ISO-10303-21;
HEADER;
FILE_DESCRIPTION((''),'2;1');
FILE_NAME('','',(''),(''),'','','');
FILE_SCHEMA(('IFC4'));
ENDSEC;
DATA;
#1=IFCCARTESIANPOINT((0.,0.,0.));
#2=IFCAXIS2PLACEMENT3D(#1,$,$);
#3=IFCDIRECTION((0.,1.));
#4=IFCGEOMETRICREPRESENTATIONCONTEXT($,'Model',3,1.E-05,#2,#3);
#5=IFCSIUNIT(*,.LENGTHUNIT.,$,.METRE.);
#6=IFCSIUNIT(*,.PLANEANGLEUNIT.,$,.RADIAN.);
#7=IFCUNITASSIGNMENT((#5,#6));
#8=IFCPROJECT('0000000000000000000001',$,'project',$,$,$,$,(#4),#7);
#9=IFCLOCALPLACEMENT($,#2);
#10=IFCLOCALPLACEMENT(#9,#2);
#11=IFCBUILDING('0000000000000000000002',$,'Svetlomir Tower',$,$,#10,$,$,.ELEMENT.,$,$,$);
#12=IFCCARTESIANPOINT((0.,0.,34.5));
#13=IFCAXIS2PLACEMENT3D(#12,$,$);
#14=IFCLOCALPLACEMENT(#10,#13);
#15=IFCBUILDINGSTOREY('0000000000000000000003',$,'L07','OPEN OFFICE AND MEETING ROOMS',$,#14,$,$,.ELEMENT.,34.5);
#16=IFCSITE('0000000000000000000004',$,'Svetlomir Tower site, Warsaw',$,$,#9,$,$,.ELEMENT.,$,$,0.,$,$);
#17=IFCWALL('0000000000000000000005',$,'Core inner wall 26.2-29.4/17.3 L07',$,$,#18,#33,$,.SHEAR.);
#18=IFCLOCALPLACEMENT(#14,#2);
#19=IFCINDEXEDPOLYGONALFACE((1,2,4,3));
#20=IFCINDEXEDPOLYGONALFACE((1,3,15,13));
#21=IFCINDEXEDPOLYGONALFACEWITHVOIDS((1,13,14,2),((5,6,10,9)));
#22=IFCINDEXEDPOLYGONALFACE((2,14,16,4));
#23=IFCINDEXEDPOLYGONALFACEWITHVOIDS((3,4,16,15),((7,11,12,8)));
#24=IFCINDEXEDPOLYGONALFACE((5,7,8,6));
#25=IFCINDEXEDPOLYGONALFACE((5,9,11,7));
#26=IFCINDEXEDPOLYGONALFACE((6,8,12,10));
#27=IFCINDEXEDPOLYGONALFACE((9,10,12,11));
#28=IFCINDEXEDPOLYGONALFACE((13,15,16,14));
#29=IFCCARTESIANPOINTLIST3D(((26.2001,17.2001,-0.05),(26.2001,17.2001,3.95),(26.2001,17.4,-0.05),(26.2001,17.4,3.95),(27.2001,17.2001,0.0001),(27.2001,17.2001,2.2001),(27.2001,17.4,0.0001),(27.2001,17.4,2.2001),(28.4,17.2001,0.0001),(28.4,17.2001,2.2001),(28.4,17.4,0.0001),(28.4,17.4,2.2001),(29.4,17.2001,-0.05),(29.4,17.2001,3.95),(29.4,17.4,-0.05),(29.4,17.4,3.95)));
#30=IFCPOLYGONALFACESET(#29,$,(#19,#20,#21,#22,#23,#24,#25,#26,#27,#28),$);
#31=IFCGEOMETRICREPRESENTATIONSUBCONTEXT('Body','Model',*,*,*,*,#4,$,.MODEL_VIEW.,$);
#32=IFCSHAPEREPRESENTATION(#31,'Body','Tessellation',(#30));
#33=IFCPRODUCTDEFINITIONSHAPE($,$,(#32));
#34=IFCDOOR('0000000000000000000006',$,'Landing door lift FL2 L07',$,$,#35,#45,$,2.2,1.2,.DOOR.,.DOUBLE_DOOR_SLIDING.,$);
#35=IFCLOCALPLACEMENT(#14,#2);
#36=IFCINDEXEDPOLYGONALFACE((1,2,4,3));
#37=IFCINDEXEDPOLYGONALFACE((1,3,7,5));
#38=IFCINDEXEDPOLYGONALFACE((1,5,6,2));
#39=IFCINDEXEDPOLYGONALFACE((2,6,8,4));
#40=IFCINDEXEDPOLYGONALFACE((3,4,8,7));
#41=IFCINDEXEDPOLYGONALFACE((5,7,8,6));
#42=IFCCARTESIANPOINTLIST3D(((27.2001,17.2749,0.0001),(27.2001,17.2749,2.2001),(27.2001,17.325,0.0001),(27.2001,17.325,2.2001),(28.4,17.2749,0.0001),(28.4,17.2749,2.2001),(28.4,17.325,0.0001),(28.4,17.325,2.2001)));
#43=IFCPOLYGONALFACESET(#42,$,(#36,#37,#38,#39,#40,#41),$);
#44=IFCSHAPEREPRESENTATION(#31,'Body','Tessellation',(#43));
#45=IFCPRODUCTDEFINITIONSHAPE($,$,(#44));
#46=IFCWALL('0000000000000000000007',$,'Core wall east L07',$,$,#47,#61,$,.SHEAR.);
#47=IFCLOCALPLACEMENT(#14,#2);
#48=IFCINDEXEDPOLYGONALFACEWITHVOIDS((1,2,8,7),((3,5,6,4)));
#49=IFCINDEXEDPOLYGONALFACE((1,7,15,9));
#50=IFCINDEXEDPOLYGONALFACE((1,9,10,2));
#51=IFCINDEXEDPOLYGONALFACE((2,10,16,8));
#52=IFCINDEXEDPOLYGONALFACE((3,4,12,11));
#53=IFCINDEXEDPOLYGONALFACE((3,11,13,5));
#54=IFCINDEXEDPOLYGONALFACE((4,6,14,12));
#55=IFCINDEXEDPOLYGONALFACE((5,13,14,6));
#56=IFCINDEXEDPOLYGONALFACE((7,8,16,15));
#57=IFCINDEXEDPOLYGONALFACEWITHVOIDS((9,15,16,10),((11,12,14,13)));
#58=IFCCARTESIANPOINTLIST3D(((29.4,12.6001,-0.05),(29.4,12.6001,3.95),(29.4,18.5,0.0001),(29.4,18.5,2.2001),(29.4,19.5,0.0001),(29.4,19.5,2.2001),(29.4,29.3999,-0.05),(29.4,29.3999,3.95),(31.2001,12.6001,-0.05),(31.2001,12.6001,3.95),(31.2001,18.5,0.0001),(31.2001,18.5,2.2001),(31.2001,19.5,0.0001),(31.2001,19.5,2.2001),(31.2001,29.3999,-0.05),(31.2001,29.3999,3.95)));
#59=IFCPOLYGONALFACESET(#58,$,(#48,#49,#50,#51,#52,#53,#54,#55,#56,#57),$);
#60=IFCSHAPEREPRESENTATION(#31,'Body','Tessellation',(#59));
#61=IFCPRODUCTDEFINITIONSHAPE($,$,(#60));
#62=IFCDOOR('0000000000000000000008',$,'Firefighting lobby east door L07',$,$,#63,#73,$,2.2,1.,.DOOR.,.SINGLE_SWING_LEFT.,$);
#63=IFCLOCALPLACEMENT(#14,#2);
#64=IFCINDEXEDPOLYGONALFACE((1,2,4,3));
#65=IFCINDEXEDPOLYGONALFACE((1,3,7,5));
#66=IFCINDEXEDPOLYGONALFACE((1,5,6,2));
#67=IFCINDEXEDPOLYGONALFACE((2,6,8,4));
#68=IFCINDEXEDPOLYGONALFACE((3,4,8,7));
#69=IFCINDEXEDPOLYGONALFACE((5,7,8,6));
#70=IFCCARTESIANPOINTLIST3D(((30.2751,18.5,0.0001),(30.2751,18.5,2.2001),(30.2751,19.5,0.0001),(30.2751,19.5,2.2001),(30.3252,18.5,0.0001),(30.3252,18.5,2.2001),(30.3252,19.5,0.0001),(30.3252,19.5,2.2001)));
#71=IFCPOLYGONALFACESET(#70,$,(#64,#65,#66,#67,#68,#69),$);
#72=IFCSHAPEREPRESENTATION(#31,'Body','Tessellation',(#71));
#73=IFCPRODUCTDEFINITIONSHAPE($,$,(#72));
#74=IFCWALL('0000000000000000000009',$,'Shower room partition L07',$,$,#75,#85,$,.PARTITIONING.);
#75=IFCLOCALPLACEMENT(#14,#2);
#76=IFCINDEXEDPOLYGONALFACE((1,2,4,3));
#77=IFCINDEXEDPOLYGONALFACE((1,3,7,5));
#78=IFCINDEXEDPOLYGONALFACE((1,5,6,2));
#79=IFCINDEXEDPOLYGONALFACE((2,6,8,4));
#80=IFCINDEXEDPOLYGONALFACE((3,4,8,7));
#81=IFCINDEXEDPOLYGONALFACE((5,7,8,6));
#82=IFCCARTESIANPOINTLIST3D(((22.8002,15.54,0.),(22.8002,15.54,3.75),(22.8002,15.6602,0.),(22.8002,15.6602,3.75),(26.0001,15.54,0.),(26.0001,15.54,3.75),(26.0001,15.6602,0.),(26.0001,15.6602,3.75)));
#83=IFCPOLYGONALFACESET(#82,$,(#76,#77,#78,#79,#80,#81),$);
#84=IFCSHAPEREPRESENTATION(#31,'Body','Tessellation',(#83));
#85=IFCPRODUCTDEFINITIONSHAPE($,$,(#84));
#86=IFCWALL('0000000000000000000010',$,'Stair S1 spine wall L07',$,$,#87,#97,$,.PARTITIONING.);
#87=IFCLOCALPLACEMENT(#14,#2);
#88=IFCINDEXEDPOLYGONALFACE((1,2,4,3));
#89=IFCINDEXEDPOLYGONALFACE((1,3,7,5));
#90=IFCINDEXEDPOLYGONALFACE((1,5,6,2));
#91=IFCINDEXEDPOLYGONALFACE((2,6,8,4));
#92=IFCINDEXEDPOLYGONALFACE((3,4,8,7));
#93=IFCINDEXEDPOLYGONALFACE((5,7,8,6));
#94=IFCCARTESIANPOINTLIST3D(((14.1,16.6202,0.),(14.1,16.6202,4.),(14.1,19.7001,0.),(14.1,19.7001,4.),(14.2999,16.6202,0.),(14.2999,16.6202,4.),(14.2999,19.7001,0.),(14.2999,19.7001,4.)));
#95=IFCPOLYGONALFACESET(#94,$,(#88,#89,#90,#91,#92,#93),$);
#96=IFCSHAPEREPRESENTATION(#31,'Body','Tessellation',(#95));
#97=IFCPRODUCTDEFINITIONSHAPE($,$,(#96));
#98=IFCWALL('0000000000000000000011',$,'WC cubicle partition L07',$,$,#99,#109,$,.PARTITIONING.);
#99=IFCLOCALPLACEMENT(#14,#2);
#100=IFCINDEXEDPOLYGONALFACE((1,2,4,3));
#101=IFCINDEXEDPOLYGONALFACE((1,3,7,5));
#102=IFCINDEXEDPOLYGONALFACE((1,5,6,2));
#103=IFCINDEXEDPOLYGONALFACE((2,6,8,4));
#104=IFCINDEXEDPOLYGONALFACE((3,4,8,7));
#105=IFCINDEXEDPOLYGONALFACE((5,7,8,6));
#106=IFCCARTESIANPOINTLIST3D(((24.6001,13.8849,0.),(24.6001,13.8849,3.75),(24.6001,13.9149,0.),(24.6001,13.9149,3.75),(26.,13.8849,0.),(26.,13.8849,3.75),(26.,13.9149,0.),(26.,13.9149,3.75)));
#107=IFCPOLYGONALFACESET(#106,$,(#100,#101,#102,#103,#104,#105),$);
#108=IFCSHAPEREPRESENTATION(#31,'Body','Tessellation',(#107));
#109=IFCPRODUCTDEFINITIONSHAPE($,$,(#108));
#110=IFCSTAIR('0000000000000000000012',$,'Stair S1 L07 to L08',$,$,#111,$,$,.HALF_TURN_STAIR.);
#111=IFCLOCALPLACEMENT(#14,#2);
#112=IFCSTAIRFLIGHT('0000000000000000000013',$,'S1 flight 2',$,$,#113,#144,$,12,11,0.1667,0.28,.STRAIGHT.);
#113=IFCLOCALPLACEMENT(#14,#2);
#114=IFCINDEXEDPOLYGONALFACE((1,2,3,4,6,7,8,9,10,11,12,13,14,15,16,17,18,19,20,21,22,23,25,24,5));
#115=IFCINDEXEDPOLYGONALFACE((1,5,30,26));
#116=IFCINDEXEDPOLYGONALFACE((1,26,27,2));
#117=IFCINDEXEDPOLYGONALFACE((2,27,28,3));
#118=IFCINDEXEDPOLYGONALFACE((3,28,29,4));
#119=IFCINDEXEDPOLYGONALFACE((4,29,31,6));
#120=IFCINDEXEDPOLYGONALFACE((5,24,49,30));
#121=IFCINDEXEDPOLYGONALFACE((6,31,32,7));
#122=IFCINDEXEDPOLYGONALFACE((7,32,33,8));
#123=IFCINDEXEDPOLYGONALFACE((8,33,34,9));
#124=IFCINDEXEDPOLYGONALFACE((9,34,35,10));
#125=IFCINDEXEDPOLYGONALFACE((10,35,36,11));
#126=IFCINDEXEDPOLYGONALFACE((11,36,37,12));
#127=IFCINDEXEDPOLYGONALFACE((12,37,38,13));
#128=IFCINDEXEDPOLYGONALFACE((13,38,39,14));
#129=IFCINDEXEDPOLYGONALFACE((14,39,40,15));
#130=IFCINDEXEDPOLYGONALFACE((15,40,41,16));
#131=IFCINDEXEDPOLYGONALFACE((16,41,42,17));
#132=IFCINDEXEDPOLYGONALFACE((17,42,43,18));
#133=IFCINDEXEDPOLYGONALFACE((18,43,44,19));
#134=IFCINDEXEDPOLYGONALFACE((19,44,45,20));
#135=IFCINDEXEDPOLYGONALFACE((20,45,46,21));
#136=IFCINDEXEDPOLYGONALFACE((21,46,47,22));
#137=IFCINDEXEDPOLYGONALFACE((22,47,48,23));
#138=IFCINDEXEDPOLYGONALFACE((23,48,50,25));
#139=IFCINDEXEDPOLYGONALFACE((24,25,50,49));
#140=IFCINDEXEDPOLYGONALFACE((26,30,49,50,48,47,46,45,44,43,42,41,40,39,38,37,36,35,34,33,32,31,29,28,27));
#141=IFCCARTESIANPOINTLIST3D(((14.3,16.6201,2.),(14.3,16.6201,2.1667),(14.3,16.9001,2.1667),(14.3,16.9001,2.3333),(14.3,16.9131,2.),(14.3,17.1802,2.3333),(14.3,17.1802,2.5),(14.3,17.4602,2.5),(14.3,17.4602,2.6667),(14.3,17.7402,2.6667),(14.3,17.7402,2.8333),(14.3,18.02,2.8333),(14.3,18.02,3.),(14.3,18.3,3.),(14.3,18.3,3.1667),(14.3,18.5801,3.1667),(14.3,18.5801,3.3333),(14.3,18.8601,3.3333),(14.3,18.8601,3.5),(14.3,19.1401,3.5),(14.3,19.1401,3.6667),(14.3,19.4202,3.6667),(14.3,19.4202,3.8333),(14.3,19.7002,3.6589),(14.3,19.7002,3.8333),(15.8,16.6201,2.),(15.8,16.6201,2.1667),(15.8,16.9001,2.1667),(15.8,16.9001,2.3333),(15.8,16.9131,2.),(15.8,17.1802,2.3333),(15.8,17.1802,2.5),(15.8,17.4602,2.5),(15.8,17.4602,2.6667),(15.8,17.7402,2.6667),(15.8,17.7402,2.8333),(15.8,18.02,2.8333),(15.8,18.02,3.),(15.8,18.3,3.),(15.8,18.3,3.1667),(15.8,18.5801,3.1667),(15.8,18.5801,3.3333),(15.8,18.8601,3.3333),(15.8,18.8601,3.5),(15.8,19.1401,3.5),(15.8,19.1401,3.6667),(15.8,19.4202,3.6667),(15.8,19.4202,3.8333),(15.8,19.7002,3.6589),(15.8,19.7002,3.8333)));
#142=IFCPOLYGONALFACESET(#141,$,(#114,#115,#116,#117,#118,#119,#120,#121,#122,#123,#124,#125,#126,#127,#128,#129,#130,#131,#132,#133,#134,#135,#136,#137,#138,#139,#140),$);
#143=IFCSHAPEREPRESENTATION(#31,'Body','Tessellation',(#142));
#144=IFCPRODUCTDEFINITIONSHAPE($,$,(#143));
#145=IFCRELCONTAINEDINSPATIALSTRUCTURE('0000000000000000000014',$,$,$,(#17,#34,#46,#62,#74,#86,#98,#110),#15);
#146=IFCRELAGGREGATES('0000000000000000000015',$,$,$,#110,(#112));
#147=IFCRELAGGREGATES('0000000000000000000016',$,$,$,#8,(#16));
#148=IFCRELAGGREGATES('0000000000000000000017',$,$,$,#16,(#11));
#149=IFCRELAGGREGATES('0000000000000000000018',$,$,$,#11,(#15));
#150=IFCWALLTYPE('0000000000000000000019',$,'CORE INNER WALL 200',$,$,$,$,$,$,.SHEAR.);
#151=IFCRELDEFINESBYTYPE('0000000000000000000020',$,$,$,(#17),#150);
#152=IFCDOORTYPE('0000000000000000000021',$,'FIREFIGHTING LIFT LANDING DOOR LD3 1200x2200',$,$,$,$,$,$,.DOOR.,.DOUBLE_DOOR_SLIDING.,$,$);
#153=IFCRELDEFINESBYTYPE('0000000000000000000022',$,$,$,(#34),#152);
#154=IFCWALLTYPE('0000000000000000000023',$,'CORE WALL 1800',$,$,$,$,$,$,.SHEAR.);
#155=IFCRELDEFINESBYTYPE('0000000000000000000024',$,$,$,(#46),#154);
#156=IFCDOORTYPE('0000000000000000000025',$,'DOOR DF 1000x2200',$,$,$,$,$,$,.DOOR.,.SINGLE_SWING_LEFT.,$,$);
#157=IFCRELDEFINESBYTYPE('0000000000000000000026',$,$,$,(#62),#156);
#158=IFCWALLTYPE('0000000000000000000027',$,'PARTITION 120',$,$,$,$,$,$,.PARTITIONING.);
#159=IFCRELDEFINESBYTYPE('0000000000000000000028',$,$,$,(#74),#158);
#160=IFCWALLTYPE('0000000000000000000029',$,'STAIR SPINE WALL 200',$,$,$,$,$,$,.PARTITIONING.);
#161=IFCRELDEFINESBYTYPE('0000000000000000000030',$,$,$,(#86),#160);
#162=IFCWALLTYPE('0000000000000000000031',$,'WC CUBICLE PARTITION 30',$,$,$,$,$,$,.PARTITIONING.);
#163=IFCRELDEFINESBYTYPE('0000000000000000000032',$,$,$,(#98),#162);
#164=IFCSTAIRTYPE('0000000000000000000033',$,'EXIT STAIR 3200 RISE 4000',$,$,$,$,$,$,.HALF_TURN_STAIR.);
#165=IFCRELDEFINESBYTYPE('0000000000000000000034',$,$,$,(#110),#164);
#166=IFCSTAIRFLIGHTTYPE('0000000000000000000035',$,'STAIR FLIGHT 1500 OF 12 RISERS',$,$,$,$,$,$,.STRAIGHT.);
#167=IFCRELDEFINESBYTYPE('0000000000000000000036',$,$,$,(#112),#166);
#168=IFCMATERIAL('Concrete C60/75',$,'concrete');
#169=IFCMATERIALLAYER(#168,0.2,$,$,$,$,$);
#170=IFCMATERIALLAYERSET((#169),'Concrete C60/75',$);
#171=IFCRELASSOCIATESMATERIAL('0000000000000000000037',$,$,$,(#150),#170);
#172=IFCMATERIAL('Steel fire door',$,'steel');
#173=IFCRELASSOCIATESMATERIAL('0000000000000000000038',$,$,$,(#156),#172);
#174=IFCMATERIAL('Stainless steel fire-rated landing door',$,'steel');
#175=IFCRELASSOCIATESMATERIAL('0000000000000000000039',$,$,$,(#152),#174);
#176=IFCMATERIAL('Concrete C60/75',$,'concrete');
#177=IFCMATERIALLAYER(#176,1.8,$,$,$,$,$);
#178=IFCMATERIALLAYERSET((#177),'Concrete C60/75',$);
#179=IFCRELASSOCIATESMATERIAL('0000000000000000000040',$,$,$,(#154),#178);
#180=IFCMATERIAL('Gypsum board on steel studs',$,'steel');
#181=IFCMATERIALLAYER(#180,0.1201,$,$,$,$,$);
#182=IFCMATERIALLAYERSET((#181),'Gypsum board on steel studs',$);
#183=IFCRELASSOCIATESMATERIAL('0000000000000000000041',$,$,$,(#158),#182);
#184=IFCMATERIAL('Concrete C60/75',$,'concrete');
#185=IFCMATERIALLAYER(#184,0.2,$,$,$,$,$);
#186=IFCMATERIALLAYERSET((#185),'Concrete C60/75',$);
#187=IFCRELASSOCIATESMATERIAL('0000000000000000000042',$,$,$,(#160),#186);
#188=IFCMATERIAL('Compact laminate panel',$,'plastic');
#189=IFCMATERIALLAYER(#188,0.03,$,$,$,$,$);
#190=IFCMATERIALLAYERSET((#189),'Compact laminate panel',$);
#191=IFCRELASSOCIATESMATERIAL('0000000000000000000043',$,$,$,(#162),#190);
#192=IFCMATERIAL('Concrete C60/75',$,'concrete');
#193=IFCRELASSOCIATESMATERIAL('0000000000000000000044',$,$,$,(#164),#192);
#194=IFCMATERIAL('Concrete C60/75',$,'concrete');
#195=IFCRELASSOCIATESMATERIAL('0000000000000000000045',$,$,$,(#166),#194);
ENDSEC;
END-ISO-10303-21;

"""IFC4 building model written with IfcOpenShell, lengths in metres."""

from ifc_helpers import new_model, si_unit, direction, frame, frame_2d, origin, place, context, subcontext, project, spatial, polyline, rectangle, outline, extrude, material, layer, layer_set, type_object, element, fill, aggregate, save


model = new_model("IFC4")

# Units and contexts
model_context = context("Model", 3, precision=1e-05, world=origin(), true_north=direction((0.0, 1.0)))
body_context = subcontext(model_context, "Body", "Model", "MODEL_VIEW")
ifc_project = project(units=[si_unit("LENGTHUNIT", "METRE"), si_unit("PLANEANGLEUNIT", "RADIAN")], contexts=[model_context])

# Site, building, storey
site_placement = place(None, origin())
site = spatial("IfcSite", under=ifc_project, at=site_placement, Name="Svetlomir Tower site, Warsaw", CompositionType="ELEMENT", RefElevation=0.0)
building_placement = place(site_placement, origin())
building = spatial("IfcBuilding", under=site, at=building_placement, Name="Svetlomir Tower", CompositionType="ELEMENT")
storey_placement = place(building_placement, frame((0.0, 0.0, 34.5)))
storey = spatial("IfcBuildingStorey", under=building, at=storey_placement, Name="L07", Description="OPEN OFFICE AND MEETING ROOMS", CompositionType="ELEMENT", Elevation=34.5)

# Shared definitions
ifc_material_1 = material(Name="Concrete C60/75", Category="concrete")
ifc_layer_1 = layer(ifc_material_1, 0.2)
ifc_layer_set_1 = layer_set([ifc_layer_1], Name="Concrete C60/75")
wall_type_1 = type_object("IfcWallType", Name="CORE INNER WALL 200", PredefinedType="SHEAR", material=ifc_layer_set_1)

# Shared definitions
ifc_material_2 = material(Name="Steel fire door", Category="steel")
door_type_1 = type_object("IfcDoorType", Name="DOOR DF 1000x2200", OperationType="SINGLE_SWING_LEFT", PredefinedType="DOOR", material=ifc_material_2)

# Walls, openings, doors
wall_1_placement = place(storey_placement, frame((26.2, 17.3, -0.05), z_axis=(0.0, 0.0, 1.0), x_axis=(1.0, 0.0, 0.0)))
wall_1 = element("IfcWall", 1, at=wall_1_placement, inside=storey, type_object=wall_type_1, Name="Core inner wall 26.2-29.4/17.3 L07", PredefinedType="SHEAR", context=body_context, shape_type="SweptSolid", body=[
    extrude(rectangle(XDim=3.2, YDim=0.2, at=frame_2d((1.6001, 0.0))), origin(), (0.0, 0.0, 1.0), 4.0),
])
opening_1_placement = place(wall_1_placement, frame((1.0, 0.0, 0.05)))
opening_1 = element("IfcOpeningElement", 2, at=opening_1_placement, cuts=wall_1, PredefinedType="OPENING", context=body_context, shape_type="SweptSolid", body=[
    extrude(rectangle(XDim=1.2, YDim=2.2, at=frame_2d((0.6001, 1.1001))), frame((0.0, 0.1099, 0.0), z_axis=(0.0, -1.0, 0.0), x_axis=(1.0, 0.0, 0.0)), (0.0, 0.0, 1.0), 0.22),
])
ifc_material_3 = material(Name="Stainless steel fire-rated landing door", Category="steel")
door_type_2 = type_object("IfcDoorType", Name="FIREFIGHTING LIFT LANDING DOOR LD3 1200x2200", OperationType="DOUBLE_DOOR_SLIDING", PredefinedType="DOOR", material=ifc_material_3)
door_1_placement = place(opening_1_placement, origin())
door_1 = element("IfcDoor", 3, at=door_1_placement, inside=storey, type_object=door_type_2, Name="Landing door lift FL2 L07", OperationType="DOUBLE_DOOR_SLIDING", OverallHeight=2.2, OverallWidth=1.2, PredefinedType="DOOR", context=body_context, shape_type="SweptSolid", body=[
    extrude(rectangle(XDim=1.2, YDim=2.2, at=frame_2d((0.6001, 1.1001))), frame((0.0, 0.0249, 0.0), z_axis=(0.0, -1.0, 0.0), x_axis=(1.0, 0.0, 0.0)), (0.0, 0.0, 1.0), 0.05),
])
fill(opening_1, door_1)
ifc_material_4 = material(Name="Concrete C60/75", Category="concrete")
ifc_layer_2 = layer(ifc_material_4, 1.8)
ifc_layer_set_2 = layer_set([ifc_layer_2], Name="Concrete C60/75")
wall_type_2 = type_object("IfcWallType", Name="CORE WALL 1800", PredefinedType="SHEAR", material=ifc_layer_set_2)
wall_2_placement = place(storey_placement, frame((30.3, 12.6001, -0.05), z_axis=(0.0, 0.0, 1.0), x_axis=(0.0, 1.0, 0.0)))
wall_2 = element("IfcWall", 4, at=wall_2_placement, inside=storey, type_object=wall_type_2, Name="Core wall east L07", PredefinedType="SHEAR", context=body_context, shape_type="SweptSolid", body=[
    extrude(rectangle(XDim=16.7998, YDim=1.8, at=frame_2d((8.3999, 0.0))), origin(), (0.0, 0.0, 1.0), 4.0),
])
opening_2_placement = place(wall_2_placement, frame((5.8999, 0.0, 0.05)))
opening_2 = element("IfcOpeningElement", 5, at=opening_2_placement, cuts=wall_2, PredefinedType="OPENING", context=body_context, shape_type="SweptSolid", body=[
    extrude(rectangle(XDim=1.0, YDim=2.2, at=frame_2d((0.5, 1.1001))), frame((0.0, 0.9102, 0.0), z_axis=(0.0, -1.0, 0.0), x_axis=(1.0, 0.0, 0.0)), (0.0, 0.0, 1.0), 1.8201),
])
door_2_placement = place(opening_2_placement, origin())
door_2 = element("IfcDoor", 6, at=door_2_placement, inside=storey, type_object=door_type_1, Name="Firefighting lobby east door L07", OperationType="SINGLE_SWING_LEFT", OverallHeight=2.2, OverallWidth=1.0, PredefinedType="DOOR", context=body_context, shape_type="SweptSolid", body=[
    extrude(rectangle(XDim=1.0, YDim=2.2, at=frame_2d((0.5, 1.1001))), frame((0.0, 0.0249, 0.0), z_axis=(0.0, -1.0, 0.0), x_axis=(1.0, 0.0, 0.0)), (0.0, 0.0, 1.0), 0.05),
])
fill(opening_2, door_2)

# Walls
ifc_material_5 = material(Name="Gypsum board on steel studs", Category="steel")
ifc_layer_3 = layer(ifc_material_5, 0.1201)
ifc_layer_set_3 = layer_set([ifc_layer_3], Name="Gypsum board on steel studs")
wall_type_3 = type_object("IfcWallType", Name="PARTITION 120", PredefinedType="PARTITIONING", material=ifc_layer_set_3)
wall_3_placement = place(storey_placement, frame((22.8, 15.6001, 0.0), z_axis=(0.0, 0.0, 1.0), x_axis=(1.0, 0.0, 0.0)))
element("IfcWall", 7, at=wall_3_placement, inside=storey, type_object=wall_type_3, Name="Shower room partition L07", PredefinedType="PARTITIONING", context=body_context, shape_type="SweptSolid", body=[
    extrude(rectangle(XDim=3.2, YDim=0.1201, at=frame_2d((1.6001, 0.0))), origin(), (0.0, 0.0, 1.0), 3.75),
])
ifc_material_6 = material(Name="Concrete C60/75", Category="concrete")
ifc_layer_4 = layer(ifc_material_6, 0.2)
ifc_layer_set_4 = layer_set([ifc_layer_4], Name="Concrete C60/75")
wall_type_4 = type_object("IfcWallType", Name="STAIR SPINE WALL 200", PredefinedType="PARTITIONING", material=ifc_layer_set_4)
wall_4_placement = place(storey_placement, frame((14.2, 16.6201, 0.0), z_axis=(0.0, 0.0, 1.0), x_axis=(0.0, 1.0, 0.0)))
element("IfcWall", 8, at=wall_4_placement, inside=storey, type_object=wall_type_4, Name="Stair S1 spine wall L07", PredefinedType="PARTITIONING", context=body_context, shape_type="SweptSolid", body=[
    extrude(rectangle(XDim=3.0798, YDim=0.2, at=frame_2d((1.54, 0.0))), origin(), (0.0, 0.0, 1.0), 4.0),
])
ifc_material_7 = material(Name="Compact laminate panel", Category="plastic")
ifc_layer_5 = layer(ifc_material_7, 0.03)
ifc_layer_set_5 = layer_set([ifc_layer_5], Name="Compact laminate panel")
wall_type_5 = type_object("IfcWallType", Name="WC CUBICLE PARTITION 30", PredefinedType="PARTITIONING", material=ifc_layer_set_5)
wall_5_placement = place(storey_placement, frame((24.6001, 13.8999, 0.0), z_axis=(0.0, 0.0, 1.0), x_axis=(1.0, 0.0, 0.0)))
element("IfcWall", 9, at=wall_5_placement, inside=storey, type_object=wall_type_5, Name="WC cubicle partition L07", PredefinedType="PARTITIONING", context=body_context, shape_type="SweptSolid", body=[
    extrude(rectangle(XDim=1.3999, YDim=0.03, at=frame_2d((0.7, 0.0))), origin(), (0.0, 0.0, 1.0), 3.75),
])

# Stair, stair flight
ifc_material_8 = material(Name="Concrete C60/75", Category="concrete")
stair_type = type_object("IfcStairType", Name="EXIT STAIR 3200 RISE 4000", PredefinedType="HALF_TURN_STAIR", material=ifc_material_8)
stair_placement = place(storey_placement, origin())
stair = element("IfcStair", 10, at=stair_placement, inside=storey, type_object=stair_type, Name="Stair S1 L07 to L08", PredefinedType="HALF_TURN_STAIR")
ifc_material_9 = material(Name="Concrete C60/75", Category="concrete")
stair_flight_type = type_object("IfcStairFlightType", Name="STAIR FLIGHT 1500 OF 12 RISERS", PredefinedType="STRAIGHT", material=ifc_material_9)
stair_flight_placement = place(storey_placement, frame((15.05, 16.6201, 2.0), z_axis=(0.0, 0.0, 1.0), x_axis=(0.0, 1.0, 0.0)))
stair_flight = element("IfcStairFlight", 11, at=stair_flight_placement, type_object=stair_flight_type, Name="S1 flight 2", NumberOfRisers=12, NumberOfTreads=11, PredefinedType="STRAIGHT", RiserHeight=0.1667, TreadLength=0.28, context=body_context, shape_type="SweptSolid", body=[
    extrude(outline(polyline([(0.0, 0.0), (0.0, 0.1667), (0.28, 0.1667), (0.28, 0.3333), (0.5601, 0.3333), (0.5601, 0.5), (0.8401, 0.5), (0.8401, 0.6667), (1.1201, 0.6667), (1.1201, 0.8333), (1.3999, 0.8333), (1.3999, 1.0), (1.6799, 1.0), (1.6799, 1.1667), (1.96, 1.1667), (1.96, 1.3333), (2.24, 1.3333), (2.24, 1.5), (2.52, 1.5), (2.52, 1.6667), (2.8, 1.6667), (2.8, 1.8333), (3.0801, 1.8333), (3.0801, 2.0), (3.0801, 1.6589), (0.293, 0.0), (0.0, 0.0)])), frame((0.0, 0.75, 0.0), z_axis=(0.0, -1.0, 0.0), x_axis=(1.0, 0.0, 0.0)), (0.0, 0.0, 1.0), 1.5),
])
aggregate(stair, [stair_flight])

save(model, "model.ifc")
